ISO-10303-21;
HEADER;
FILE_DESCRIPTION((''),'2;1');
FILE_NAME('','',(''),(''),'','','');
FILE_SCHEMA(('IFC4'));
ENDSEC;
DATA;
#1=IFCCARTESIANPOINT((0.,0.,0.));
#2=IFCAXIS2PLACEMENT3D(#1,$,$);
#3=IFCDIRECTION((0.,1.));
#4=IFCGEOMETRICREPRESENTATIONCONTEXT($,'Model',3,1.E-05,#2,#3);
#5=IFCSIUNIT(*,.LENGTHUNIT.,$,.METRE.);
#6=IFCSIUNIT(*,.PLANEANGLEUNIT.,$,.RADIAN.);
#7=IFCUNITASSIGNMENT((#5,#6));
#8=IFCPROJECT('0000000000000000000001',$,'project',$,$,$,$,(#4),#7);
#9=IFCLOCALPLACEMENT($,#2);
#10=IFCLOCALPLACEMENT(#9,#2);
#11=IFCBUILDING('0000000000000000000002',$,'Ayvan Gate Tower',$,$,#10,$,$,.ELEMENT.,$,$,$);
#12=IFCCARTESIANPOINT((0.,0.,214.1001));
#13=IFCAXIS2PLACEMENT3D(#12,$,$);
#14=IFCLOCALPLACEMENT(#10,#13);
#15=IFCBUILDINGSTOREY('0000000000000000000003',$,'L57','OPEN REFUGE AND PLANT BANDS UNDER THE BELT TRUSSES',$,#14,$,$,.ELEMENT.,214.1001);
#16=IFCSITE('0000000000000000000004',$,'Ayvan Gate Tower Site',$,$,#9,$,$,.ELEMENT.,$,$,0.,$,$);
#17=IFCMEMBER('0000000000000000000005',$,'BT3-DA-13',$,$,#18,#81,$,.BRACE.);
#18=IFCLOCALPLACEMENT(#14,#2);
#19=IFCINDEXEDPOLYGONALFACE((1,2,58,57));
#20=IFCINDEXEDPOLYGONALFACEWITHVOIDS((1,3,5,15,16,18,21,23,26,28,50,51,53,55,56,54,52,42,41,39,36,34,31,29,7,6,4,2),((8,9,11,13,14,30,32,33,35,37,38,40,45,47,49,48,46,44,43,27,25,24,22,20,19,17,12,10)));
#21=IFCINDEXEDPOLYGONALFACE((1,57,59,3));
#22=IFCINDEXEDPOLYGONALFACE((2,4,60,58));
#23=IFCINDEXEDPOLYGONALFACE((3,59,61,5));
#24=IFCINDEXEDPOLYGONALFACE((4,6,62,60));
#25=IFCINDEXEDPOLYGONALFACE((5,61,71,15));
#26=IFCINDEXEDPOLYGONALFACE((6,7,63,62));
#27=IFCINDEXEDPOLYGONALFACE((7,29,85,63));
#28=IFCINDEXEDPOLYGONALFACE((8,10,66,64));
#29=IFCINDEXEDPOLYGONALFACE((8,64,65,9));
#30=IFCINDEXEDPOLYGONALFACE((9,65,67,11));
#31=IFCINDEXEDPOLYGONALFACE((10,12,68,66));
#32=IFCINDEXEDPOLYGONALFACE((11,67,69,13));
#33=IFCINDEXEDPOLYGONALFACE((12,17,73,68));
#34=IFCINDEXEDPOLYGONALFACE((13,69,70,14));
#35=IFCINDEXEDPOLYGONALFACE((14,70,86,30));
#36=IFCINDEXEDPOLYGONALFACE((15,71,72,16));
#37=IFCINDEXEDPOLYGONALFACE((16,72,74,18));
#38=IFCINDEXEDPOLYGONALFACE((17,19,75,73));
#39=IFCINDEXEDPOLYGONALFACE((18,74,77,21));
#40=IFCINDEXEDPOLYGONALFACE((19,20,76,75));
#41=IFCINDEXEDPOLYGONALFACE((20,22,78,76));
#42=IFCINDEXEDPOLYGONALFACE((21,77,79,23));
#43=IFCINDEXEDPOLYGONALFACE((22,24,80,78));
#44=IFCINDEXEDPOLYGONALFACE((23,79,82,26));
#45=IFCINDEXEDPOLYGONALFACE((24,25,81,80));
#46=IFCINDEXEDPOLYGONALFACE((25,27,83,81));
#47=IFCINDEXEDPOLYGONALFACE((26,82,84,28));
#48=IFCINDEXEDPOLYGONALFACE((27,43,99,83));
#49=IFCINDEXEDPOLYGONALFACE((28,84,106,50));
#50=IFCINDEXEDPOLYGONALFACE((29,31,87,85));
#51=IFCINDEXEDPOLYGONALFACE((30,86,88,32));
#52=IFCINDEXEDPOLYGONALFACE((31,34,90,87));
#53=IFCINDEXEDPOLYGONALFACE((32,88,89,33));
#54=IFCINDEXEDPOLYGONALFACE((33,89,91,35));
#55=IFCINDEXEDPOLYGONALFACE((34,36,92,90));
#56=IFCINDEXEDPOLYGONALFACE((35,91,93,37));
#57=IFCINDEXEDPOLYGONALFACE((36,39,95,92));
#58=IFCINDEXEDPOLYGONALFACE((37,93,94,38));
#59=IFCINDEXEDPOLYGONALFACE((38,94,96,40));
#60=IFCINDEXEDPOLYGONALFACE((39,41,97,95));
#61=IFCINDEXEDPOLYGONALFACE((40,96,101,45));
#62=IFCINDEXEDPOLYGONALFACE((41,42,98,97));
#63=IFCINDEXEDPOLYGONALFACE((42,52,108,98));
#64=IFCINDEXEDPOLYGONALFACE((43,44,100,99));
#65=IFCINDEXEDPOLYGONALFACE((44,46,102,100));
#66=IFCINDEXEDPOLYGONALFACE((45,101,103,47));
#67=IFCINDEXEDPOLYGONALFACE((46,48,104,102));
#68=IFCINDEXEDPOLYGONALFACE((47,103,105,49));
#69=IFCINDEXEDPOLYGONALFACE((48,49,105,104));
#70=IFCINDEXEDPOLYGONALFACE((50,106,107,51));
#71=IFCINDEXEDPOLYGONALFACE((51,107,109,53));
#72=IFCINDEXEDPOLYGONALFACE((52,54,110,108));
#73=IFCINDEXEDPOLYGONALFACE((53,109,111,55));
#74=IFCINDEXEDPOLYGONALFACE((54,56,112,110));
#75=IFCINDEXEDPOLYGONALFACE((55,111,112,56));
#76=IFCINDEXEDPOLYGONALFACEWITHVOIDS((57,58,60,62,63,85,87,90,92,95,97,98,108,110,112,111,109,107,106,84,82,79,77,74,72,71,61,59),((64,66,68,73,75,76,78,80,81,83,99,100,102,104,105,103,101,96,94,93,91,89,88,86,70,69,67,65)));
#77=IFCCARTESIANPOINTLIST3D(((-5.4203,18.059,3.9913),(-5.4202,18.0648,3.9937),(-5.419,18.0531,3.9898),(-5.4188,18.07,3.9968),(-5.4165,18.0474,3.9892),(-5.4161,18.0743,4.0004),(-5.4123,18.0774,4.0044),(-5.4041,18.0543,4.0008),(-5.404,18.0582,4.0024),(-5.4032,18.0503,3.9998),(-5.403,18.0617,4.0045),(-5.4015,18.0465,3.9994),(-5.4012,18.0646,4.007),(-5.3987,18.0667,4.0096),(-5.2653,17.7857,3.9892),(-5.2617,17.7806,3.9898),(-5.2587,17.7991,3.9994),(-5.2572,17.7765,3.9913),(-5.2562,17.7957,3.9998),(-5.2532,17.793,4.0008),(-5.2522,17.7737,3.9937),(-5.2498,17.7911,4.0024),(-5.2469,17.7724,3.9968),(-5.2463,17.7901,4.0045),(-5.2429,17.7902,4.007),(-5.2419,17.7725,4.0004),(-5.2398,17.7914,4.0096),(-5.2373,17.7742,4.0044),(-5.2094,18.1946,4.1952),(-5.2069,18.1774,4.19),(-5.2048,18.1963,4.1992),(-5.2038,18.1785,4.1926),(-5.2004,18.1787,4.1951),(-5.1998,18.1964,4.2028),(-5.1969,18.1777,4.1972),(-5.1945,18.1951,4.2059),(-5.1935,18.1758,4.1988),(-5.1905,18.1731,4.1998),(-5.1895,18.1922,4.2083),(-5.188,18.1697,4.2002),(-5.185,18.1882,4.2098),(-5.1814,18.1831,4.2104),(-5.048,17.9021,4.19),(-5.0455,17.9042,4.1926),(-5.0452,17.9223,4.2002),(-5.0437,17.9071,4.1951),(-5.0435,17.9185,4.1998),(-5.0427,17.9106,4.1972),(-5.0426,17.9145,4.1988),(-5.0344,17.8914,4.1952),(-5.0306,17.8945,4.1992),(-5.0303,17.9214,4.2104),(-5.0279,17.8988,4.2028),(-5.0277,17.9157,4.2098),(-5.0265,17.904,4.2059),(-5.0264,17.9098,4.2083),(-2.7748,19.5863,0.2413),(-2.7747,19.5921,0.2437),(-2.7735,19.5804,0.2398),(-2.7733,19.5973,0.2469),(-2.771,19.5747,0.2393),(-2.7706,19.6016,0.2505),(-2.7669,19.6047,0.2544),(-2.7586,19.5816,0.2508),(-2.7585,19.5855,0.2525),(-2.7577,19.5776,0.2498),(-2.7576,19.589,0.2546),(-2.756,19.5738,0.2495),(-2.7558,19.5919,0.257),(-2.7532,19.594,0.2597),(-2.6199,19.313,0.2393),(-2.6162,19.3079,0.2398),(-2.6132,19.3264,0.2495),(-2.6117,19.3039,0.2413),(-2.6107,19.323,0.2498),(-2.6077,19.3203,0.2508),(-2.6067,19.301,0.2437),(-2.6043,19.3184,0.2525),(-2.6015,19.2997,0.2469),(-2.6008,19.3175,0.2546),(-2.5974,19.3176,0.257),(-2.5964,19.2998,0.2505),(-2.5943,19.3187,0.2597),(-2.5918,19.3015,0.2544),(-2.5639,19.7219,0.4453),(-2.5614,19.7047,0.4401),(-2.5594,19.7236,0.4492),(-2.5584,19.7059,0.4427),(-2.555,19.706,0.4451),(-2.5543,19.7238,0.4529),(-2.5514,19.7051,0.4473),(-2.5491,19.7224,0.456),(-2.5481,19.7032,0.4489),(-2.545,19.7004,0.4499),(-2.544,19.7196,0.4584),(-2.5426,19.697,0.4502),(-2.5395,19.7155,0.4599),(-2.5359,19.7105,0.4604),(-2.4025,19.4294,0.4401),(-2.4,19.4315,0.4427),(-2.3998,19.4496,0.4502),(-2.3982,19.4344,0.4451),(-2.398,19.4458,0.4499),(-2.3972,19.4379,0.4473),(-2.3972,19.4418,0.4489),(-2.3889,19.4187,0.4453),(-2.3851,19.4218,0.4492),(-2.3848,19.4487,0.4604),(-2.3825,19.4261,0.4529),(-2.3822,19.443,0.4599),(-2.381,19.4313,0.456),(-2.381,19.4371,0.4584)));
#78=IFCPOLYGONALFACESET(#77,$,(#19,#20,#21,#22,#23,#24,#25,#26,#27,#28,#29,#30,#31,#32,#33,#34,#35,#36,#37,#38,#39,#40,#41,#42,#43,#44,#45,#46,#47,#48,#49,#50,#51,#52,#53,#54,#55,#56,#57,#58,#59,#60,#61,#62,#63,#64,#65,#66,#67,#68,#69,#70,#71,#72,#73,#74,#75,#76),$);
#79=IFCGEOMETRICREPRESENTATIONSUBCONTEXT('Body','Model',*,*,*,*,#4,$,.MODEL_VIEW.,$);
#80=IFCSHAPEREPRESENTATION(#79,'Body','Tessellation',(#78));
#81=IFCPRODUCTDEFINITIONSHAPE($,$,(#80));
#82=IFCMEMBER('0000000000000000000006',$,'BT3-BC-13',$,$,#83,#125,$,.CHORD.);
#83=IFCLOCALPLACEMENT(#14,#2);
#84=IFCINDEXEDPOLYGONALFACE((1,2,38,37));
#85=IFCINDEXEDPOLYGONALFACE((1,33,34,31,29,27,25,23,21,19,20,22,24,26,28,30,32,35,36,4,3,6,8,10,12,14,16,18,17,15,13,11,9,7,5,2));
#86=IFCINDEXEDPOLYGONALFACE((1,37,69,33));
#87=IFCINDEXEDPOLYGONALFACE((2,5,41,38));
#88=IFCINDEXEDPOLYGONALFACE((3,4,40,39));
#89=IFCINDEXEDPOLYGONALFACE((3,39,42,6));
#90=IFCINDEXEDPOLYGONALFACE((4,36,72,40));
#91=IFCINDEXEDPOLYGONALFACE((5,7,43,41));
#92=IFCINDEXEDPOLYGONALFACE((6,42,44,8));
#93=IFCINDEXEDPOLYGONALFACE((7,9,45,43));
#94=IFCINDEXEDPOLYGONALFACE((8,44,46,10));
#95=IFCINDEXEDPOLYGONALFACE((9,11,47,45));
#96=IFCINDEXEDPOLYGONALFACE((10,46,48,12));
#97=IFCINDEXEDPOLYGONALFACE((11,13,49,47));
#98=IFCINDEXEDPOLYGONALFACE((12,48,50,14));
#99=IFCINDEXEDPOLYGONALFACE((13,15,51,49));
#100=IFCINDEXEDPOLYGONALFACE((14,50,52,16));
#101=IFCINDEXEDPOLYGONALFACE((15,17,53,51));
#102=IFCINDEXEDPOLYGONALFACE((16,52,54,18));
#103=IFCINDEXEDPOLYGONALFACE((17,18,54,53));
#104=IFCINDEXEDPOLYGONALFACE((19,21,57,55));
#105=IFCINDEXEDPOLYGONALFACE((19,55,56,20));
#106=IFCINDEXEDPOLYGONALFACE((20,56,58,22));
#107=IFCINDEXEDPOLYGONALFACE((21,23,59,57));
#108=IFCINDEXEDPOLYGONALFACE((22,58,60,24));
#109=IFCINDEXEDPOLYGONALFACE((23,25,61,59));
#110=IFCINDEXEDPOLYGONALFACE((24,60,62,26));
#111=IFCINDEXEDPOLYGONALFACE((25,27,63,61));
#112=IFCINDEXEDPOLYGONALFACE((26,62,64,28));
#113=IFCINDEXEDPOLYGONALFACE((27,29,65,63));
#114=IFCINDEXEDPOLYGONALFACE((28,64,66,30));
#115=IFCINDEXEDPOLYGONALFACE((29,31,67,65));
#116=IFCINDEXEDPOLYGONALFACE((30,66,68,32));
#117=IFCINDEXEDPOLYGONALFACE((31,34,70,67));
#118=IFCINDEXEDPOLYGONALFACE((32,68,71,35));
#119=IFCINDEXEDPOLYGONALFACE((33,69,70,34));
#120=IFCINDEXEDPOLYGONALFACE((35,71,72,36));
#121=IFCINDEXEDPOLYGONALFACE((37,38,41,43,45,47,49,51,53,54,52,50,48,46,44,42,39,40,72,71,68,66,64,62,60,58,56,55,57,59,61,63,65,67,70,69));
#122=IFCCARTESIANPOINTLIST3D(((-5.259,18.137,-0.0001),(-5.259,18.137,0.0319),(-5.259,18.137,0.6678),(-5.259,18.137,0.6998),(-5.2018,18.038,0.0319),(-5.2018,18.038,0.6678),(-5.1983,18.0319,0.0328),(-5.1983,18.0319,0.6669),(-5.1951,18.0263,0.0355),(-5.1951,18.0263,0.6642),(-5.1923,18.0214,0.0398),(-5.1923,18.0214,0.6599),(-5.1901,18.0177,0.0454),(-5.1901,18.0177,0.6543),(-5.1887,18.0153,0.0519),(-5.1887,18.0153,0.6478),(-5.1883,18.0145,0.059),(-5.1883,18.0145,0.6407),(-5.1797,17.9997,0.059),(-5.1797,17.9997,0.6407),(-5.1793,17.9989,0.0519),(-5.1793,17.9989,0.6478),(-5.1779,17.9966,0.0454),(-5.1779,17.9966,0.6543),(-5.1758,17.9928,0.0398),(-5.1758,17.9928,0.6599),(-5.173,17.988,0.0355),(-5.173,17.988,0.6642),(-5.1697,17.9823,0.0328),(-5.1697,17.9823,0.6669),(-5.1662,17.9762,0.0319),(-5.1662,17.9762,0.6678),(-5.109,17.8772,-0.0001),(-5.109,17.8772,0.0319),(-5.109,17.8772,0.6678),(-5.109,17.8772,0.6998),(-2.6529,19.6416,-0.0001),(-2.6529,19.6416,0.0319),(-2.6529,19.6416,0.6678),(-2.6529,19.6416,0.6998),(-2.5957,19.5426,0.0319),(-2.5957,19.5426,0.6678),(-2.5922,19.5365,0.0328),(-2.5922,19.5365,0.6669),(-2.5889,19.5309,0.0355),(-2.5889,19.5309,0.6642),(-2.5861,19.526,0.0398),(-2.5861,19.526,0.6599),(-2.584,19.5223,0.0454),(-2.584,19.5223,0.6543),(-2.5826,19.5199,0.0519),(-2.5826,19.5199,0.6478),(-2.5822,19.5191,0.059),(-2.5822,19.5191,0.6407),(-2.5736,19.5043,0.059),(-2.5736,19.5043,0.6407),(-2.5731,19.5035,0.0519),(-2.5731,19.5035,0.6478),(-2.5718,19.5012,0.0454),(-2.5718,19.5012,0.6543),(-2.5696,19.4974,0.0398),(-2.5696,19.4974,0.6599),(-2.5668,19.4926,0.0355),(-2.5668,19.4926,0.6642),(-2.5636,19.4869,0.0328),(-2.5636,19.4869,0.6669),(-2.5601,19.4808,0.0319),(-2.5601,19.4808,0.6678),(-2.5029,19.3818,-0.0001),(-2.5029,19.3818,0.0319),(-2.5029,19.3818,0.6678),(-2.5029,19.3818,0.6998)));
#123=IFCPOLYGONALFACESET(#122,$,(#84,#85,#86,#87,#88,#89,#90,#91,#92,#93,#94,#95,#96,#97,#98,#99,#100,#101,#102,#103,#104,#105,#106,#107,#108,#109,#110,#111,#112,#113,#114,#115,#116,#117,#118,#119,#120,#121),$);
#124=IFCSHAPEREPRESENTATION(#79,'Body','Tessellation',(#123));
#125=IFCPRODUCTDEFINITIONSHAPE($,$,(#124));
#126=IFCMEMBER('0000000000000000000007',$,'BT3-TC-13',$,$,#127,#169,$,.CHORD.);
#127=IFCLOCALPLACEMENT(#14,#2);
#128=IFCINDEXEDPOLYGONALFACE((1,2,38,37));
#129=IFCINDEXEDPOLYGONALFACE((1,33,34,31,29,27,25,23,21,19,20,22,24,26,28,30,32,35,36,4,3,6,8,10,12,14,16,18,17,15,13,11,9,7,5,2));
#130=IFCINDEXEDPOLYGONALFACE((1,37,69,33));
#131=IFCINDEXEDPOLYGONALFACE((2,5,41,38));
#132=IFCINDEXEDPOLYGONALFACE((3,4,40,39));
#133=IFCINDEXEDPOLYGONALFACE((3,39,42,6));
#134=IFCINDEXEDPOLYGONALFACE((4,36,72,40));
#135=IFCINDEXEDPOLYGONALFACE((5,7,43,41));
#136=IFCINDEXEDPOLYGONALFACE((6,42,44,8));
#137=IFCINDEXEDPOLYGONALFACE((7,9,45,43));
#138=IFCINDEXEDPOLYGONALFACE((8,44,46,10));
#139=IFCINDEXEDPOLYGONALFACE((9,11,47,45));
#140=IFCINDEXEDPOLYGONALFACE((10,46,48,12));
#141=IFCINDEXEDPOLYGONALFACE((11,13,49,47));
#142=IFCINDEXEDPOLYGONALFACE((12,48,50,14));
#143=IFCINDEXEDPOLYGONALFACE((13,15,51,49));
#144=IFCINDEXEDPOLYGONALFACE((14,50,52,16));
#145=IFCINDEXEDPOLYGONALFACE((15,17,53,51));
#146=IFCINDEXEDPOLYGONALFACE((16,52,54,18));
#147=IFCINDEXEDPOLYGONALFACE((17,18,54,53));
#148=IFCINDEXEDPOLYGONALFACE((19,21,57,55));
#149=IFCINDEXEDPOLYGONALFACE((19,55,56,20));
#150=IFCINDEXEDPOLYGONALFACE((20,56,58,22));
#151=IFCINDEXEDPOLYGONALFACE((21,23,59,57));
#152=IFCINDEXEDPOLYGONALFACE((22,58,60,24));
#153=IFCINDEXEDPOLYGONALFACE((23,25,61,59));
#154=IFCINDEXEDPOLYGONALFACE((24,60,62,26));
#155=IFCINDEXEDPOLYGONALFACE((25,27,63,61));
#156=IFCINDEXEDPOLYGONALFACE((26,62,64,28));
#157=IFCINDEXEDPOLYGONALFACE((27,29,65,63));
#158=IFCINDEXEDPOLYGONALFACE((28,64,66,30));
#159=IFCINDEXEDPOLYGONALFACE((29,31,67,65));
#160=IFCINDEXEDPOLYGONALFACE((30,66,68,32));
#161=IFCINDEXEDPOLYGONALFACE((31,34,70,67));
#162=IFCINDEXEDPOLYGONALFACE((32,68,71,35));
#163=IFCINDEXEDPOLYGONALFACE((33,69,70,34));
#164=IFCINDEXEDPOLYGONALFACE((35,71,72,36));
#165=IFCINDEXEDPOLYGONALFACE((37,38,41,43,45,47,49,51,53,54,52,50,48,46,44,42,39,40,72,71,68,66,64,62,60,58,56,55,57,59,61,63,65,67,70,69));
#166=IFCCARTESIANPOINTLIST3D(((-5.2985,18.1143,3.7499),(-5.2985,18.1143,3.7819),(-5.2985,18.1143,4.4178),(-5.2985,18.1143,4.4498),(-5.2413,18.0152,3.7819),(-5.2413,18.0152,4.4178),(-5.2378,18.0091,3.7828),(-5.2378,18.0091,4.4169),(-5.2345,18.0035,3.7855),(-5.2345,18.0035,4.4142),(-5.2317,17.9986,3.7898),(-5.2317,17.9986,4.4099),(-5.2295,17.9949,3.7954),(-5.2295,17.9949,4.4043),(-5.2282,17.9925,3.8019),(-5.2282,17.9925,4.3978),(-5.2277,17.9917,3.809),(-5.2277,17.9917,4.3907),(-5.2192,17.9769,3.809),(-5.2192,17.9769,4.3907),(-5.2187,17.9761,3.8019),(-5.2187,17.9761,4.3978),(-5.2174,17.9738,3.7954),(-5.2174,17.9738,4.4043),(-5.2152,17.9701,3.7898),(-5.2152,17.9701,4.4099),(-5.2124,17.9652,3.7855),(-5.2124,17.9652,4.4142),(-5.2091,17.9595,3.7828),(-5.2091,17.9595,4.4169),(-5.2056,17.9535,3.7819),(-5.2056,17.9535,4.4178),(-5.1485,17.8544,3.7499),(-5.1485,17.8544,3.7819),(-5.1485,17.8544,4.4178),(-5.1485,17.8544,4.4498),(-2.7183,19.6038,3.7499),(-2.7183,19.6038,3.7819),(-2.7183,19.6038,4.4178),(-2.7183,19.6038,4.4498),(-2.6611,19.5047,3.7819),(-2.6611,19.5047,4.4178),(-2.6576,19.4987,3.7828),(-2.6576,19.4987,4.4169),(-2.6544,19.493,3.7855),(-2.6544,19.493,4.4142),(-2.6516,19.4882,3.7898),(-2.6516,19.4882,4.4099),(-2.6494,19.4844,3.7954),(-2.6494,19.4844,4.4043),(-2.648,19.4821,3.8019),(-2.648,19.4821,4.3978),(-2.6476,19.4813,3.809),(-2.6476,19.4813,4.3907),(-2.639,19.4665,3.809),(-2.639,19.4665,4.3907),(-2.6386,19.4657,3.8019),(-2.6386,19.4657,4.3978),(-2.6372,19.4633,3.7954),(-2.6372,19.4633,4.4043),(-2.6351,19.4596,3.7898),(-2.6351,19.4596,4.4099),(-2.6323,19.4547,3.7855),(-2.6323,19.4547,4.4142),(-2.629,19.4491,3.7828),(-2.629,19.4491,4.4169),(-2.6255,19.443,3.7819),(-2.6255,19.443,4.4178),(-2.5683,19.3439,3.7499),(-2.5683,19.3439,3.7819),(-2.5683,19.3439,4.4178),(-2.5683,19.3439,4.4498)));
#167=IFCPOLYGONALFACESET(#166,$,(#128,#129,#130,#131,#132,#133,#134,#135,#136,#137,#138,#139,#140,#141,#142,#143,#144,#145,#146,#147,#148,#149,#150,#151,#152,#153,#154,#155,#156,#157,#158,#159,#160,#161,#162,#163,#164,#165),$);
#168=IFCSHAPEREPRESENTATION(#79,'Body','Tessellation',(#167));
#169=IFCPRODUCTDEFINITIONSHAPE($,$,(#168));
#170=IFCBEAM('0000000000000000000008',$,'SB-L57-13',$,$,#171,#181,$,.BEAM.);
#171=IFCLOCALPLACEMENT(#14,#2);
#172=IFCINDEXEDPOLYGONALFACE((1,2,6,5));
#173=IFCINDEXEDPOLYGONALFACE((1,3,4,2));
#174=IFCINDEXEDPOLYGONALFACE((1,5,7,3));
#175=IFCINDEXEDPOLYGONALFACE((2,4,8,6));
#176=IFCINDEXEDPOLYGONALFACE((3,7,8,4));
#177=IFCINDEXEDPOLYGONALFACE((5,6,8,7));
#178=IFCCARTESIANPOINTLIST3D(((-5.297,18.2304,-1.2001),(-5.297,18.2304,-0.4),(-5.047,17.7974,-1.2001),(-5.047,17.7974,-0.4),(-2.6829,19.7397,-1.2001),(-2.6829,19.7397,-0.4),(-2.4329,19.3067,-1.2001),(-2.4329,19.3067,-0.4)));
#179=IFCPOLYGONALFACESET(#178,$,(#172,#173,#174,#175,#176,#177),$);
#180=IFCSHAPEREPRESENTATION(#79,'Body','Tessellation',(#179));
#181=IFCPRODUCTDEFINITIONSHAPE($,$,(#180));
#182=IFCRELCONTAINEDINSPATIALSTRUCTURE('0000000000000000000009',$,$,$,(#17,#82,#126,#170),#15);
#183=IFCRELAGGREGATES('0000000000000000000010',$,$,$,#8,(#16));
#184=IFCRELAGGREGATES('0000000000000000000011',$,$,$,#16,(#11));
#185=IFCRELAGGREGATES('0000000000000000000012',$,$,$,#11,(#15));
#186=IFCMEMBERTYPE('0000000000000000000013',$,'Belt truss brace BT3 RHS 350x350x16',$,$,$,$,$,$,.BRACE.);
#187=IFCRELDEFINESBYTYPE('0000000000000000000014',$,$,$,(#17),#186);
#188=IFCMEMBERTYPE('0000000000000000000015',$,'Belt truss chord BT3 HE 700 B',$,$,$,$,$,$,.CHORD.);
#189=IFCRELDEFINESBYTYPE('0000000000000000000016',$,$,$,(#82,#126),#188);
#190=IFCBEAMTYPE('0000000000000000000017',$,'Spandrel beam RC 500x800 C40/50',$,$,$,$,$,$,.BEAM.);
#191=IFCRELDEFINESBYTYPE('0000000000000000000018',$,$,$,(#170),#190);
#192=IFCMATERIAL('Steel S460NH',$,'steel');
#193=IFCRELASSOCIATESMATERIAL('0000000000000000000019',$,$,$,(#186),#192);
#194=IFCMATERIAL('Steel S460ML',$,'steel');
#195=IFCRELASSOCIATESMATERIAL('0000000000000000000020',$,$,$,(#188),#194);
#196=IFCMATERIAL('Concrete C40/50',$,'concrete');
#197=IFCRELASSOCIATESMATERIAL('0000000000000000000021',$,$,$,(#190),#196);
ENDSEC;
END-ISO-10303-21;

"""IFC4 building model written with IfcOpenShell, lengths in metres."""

from ifc_helpers import new_model, si_unit, direction, frame, origin, origin_2d, place, context, subcontext, project, spatial, rectangle, hollow_rectangle, i_section, extrude, material, material_profile, profile_set, type_object, element, save


model = new_model("IFC4")

# Units and contexts
model_context = context("Model", 3, precision=1e-05, world=origin(), true_north=direction((0.0, 1.0)))
body_context = subcontext(model_context, "Body", "Model", "MODEL_VIEW")
ifc_project = project(units=[si_unit("LENGTHUNIT", "METRE"), si_unit("PLANEANGLEUNIT", "RADIAN")], contexts=[model_context])

# Site, building, storey
site_placement = place(None, origin())
site = spatial("IfcSite", under=ifc_project, at=site_placement, Name="Ayvan Gate Tower Site", CompositionType="ELEMENT", RefElevation=0.0)
building_placement = place(site_placement, origin())
building = spatial("IfcBuilding", under=site, at=building_placement, Name="Ayvan Gate Tower", CompositionType="ELEMENT")
storey_placement = place(building_placement, frame((0.0, 0.0, 214.1001)))
storey = spatial("IfcBuildingStorey", under=building, at=storey_placement, Name="L57", Description="OPEN REFUGE AND PLANT BANDS UNDER THE BELT TRUSSES", CompositionType="ELEMENT", Elevation=214.1001)

# Members
ifc_material_1 = material(Name="Steel S460NH", Category="steel")
ifc_material_profile_1 = material_profile(ifc_material_1, hollow_rectangle(XDim=0.3501, YDim=0.3501, WallThickness=0.0161, InnerFilletRadius=0.0161, OuterFilletRadius=0.0239, at=origin_2d()), Name="RHS 350x350x16")
ifc_profile_set_1 = profile_set([ifc_material_profile_1], Name="Steel S460NH")
member_type_1 = type_object("IfcMemberType", Name="Belt truss brace BT3 RHS 350x350x16", PredefinedType="BRACE", material=ifc_profile_set_1)
member_1_placement = place(storey_placement, frame((-2.5779, 19.5117, 0.3499), z_axis=(-0.546962, -0.31578, 0.775317), x_axis=(0.49999, -0.866031, 0.0)))
element("IfcMember", 1, at=member_1_placement, inside=storey, type_object=member_type_1, Name="BT3-DA-13", PredefinedType="BRACE", context=body_context, shape_type="SweptSolid", body=[
    extrude(hollow_rectangle(XDim=0.3501, YDim=0.3501, WallThickness=0.0161, InnerFilletRadius=0.0161, OuterFilletRadius=0.0239, at=origin_2d()), origin(), (0.0, 0.0, 1.0), 4.8367),
])
ifc_material_2 = material(Name="Steel S460ML", Category="steel")
ifc_material_profile_2 = material_profile(ifc_material_2, i_section(OverallWidth=0.3, OverallDepth=0.7, WebThickness=0.0171, FlangeThickness=0.032, FilletRadius=0.0271, at=origin_2d()), Name="HE 700 B")
ifc_profile_set_2 = profile_set([ifc_material_profile_2], Name="Steel S460ML")
member_type_2 = type_object("IfcMemberType", Name="Belt truss chord BT3 HE 700 B", PredefinedType="CHORD", material=ifc_profile_set_2)
member_2_placement = place(storey_placement, frame((-2.5779, 19.5117, 0.3499), z_axis=(-0.866033, -0.499987, 0.0), x_axis=(0.499987, -0.866033, 0.0)))
element("IfcMember", 2, at=member_2_placement, inside=storey, type_object=member_type_2, Name="BT3-BC-13", PredefinedType="CHORD", context=body_context, shape_type="SweptSolid", body=[
    extrude(i_section(OverallWidth=0.3, OverallDepth=0.7, WebThickness=0.0171, FlangeThickness=0.032, FilletRadius=0.0271, at=origin_2d()), origin(), (0.0, 0.0, 1.0), 3.0093),
])
member_3_placement = place(storey_placement, frame((-2.6433, 19.4739, 4.0999), z_axis=(-0.866041, -0.499973, 0.0), x_axis=(0.499973, -0.866041, 0.0)))
element("IfcMember", 3, at=member_3_placement, inside=storey, type_object=member_type_2, Name="BT3-TC-13", PredefinedType="CHORD", context=body_context, shape_type="SweptSolid", body=[
    extrude(i_section(OverallWidth=0.3, OverallDepth=0.7, WebThickness=0.0171, FlangeThickness=0.032, FilletRadius=0.0271, at=origin_2d()), origin(), (0.0, 0.0, 1.0), 2.9792),
])

# Beam
ifc_material_3 = material(Name="Concrete C40/50", Category="concrete")
ifc_material_profile_3 = material_profile(ifc_material_3, rectangle(XDim=0.5, YDim=0.8, at=origin_2d()), Name="RC 500x800")
ifc_profile_set_3 = profile_set([ifc_material_profile_3], Name="Concrete C40/50")
beam_type_1 = type_object("IfcBeamType", Name="Spandrel beam RC 500x800 C40/50", PredefinedType="BEAM", material=ifc_profile_set_3)
beam_placement = place(storey_placement, frame((-2.5579, 19.5232, -0.8), z_axis=(-0.866015, -0.500019, 0.0), x_axis=(0.500019, -0.866015, 0.0)))
element("IfcBeam", 4, at=beam_placement, inside=storey, type_object=beam_type_1, Name="SB-L57-13", PredefinedType="BEAM", context=body_context, shape_type="SweptSolid", body=[
    extrude(rectangle(XDim=0.5, YDim=0.8, at=origin_2d()), origin(), (0.0, 0.0, 1.0), 3.0186),
])

save(model, "model.ifc")
